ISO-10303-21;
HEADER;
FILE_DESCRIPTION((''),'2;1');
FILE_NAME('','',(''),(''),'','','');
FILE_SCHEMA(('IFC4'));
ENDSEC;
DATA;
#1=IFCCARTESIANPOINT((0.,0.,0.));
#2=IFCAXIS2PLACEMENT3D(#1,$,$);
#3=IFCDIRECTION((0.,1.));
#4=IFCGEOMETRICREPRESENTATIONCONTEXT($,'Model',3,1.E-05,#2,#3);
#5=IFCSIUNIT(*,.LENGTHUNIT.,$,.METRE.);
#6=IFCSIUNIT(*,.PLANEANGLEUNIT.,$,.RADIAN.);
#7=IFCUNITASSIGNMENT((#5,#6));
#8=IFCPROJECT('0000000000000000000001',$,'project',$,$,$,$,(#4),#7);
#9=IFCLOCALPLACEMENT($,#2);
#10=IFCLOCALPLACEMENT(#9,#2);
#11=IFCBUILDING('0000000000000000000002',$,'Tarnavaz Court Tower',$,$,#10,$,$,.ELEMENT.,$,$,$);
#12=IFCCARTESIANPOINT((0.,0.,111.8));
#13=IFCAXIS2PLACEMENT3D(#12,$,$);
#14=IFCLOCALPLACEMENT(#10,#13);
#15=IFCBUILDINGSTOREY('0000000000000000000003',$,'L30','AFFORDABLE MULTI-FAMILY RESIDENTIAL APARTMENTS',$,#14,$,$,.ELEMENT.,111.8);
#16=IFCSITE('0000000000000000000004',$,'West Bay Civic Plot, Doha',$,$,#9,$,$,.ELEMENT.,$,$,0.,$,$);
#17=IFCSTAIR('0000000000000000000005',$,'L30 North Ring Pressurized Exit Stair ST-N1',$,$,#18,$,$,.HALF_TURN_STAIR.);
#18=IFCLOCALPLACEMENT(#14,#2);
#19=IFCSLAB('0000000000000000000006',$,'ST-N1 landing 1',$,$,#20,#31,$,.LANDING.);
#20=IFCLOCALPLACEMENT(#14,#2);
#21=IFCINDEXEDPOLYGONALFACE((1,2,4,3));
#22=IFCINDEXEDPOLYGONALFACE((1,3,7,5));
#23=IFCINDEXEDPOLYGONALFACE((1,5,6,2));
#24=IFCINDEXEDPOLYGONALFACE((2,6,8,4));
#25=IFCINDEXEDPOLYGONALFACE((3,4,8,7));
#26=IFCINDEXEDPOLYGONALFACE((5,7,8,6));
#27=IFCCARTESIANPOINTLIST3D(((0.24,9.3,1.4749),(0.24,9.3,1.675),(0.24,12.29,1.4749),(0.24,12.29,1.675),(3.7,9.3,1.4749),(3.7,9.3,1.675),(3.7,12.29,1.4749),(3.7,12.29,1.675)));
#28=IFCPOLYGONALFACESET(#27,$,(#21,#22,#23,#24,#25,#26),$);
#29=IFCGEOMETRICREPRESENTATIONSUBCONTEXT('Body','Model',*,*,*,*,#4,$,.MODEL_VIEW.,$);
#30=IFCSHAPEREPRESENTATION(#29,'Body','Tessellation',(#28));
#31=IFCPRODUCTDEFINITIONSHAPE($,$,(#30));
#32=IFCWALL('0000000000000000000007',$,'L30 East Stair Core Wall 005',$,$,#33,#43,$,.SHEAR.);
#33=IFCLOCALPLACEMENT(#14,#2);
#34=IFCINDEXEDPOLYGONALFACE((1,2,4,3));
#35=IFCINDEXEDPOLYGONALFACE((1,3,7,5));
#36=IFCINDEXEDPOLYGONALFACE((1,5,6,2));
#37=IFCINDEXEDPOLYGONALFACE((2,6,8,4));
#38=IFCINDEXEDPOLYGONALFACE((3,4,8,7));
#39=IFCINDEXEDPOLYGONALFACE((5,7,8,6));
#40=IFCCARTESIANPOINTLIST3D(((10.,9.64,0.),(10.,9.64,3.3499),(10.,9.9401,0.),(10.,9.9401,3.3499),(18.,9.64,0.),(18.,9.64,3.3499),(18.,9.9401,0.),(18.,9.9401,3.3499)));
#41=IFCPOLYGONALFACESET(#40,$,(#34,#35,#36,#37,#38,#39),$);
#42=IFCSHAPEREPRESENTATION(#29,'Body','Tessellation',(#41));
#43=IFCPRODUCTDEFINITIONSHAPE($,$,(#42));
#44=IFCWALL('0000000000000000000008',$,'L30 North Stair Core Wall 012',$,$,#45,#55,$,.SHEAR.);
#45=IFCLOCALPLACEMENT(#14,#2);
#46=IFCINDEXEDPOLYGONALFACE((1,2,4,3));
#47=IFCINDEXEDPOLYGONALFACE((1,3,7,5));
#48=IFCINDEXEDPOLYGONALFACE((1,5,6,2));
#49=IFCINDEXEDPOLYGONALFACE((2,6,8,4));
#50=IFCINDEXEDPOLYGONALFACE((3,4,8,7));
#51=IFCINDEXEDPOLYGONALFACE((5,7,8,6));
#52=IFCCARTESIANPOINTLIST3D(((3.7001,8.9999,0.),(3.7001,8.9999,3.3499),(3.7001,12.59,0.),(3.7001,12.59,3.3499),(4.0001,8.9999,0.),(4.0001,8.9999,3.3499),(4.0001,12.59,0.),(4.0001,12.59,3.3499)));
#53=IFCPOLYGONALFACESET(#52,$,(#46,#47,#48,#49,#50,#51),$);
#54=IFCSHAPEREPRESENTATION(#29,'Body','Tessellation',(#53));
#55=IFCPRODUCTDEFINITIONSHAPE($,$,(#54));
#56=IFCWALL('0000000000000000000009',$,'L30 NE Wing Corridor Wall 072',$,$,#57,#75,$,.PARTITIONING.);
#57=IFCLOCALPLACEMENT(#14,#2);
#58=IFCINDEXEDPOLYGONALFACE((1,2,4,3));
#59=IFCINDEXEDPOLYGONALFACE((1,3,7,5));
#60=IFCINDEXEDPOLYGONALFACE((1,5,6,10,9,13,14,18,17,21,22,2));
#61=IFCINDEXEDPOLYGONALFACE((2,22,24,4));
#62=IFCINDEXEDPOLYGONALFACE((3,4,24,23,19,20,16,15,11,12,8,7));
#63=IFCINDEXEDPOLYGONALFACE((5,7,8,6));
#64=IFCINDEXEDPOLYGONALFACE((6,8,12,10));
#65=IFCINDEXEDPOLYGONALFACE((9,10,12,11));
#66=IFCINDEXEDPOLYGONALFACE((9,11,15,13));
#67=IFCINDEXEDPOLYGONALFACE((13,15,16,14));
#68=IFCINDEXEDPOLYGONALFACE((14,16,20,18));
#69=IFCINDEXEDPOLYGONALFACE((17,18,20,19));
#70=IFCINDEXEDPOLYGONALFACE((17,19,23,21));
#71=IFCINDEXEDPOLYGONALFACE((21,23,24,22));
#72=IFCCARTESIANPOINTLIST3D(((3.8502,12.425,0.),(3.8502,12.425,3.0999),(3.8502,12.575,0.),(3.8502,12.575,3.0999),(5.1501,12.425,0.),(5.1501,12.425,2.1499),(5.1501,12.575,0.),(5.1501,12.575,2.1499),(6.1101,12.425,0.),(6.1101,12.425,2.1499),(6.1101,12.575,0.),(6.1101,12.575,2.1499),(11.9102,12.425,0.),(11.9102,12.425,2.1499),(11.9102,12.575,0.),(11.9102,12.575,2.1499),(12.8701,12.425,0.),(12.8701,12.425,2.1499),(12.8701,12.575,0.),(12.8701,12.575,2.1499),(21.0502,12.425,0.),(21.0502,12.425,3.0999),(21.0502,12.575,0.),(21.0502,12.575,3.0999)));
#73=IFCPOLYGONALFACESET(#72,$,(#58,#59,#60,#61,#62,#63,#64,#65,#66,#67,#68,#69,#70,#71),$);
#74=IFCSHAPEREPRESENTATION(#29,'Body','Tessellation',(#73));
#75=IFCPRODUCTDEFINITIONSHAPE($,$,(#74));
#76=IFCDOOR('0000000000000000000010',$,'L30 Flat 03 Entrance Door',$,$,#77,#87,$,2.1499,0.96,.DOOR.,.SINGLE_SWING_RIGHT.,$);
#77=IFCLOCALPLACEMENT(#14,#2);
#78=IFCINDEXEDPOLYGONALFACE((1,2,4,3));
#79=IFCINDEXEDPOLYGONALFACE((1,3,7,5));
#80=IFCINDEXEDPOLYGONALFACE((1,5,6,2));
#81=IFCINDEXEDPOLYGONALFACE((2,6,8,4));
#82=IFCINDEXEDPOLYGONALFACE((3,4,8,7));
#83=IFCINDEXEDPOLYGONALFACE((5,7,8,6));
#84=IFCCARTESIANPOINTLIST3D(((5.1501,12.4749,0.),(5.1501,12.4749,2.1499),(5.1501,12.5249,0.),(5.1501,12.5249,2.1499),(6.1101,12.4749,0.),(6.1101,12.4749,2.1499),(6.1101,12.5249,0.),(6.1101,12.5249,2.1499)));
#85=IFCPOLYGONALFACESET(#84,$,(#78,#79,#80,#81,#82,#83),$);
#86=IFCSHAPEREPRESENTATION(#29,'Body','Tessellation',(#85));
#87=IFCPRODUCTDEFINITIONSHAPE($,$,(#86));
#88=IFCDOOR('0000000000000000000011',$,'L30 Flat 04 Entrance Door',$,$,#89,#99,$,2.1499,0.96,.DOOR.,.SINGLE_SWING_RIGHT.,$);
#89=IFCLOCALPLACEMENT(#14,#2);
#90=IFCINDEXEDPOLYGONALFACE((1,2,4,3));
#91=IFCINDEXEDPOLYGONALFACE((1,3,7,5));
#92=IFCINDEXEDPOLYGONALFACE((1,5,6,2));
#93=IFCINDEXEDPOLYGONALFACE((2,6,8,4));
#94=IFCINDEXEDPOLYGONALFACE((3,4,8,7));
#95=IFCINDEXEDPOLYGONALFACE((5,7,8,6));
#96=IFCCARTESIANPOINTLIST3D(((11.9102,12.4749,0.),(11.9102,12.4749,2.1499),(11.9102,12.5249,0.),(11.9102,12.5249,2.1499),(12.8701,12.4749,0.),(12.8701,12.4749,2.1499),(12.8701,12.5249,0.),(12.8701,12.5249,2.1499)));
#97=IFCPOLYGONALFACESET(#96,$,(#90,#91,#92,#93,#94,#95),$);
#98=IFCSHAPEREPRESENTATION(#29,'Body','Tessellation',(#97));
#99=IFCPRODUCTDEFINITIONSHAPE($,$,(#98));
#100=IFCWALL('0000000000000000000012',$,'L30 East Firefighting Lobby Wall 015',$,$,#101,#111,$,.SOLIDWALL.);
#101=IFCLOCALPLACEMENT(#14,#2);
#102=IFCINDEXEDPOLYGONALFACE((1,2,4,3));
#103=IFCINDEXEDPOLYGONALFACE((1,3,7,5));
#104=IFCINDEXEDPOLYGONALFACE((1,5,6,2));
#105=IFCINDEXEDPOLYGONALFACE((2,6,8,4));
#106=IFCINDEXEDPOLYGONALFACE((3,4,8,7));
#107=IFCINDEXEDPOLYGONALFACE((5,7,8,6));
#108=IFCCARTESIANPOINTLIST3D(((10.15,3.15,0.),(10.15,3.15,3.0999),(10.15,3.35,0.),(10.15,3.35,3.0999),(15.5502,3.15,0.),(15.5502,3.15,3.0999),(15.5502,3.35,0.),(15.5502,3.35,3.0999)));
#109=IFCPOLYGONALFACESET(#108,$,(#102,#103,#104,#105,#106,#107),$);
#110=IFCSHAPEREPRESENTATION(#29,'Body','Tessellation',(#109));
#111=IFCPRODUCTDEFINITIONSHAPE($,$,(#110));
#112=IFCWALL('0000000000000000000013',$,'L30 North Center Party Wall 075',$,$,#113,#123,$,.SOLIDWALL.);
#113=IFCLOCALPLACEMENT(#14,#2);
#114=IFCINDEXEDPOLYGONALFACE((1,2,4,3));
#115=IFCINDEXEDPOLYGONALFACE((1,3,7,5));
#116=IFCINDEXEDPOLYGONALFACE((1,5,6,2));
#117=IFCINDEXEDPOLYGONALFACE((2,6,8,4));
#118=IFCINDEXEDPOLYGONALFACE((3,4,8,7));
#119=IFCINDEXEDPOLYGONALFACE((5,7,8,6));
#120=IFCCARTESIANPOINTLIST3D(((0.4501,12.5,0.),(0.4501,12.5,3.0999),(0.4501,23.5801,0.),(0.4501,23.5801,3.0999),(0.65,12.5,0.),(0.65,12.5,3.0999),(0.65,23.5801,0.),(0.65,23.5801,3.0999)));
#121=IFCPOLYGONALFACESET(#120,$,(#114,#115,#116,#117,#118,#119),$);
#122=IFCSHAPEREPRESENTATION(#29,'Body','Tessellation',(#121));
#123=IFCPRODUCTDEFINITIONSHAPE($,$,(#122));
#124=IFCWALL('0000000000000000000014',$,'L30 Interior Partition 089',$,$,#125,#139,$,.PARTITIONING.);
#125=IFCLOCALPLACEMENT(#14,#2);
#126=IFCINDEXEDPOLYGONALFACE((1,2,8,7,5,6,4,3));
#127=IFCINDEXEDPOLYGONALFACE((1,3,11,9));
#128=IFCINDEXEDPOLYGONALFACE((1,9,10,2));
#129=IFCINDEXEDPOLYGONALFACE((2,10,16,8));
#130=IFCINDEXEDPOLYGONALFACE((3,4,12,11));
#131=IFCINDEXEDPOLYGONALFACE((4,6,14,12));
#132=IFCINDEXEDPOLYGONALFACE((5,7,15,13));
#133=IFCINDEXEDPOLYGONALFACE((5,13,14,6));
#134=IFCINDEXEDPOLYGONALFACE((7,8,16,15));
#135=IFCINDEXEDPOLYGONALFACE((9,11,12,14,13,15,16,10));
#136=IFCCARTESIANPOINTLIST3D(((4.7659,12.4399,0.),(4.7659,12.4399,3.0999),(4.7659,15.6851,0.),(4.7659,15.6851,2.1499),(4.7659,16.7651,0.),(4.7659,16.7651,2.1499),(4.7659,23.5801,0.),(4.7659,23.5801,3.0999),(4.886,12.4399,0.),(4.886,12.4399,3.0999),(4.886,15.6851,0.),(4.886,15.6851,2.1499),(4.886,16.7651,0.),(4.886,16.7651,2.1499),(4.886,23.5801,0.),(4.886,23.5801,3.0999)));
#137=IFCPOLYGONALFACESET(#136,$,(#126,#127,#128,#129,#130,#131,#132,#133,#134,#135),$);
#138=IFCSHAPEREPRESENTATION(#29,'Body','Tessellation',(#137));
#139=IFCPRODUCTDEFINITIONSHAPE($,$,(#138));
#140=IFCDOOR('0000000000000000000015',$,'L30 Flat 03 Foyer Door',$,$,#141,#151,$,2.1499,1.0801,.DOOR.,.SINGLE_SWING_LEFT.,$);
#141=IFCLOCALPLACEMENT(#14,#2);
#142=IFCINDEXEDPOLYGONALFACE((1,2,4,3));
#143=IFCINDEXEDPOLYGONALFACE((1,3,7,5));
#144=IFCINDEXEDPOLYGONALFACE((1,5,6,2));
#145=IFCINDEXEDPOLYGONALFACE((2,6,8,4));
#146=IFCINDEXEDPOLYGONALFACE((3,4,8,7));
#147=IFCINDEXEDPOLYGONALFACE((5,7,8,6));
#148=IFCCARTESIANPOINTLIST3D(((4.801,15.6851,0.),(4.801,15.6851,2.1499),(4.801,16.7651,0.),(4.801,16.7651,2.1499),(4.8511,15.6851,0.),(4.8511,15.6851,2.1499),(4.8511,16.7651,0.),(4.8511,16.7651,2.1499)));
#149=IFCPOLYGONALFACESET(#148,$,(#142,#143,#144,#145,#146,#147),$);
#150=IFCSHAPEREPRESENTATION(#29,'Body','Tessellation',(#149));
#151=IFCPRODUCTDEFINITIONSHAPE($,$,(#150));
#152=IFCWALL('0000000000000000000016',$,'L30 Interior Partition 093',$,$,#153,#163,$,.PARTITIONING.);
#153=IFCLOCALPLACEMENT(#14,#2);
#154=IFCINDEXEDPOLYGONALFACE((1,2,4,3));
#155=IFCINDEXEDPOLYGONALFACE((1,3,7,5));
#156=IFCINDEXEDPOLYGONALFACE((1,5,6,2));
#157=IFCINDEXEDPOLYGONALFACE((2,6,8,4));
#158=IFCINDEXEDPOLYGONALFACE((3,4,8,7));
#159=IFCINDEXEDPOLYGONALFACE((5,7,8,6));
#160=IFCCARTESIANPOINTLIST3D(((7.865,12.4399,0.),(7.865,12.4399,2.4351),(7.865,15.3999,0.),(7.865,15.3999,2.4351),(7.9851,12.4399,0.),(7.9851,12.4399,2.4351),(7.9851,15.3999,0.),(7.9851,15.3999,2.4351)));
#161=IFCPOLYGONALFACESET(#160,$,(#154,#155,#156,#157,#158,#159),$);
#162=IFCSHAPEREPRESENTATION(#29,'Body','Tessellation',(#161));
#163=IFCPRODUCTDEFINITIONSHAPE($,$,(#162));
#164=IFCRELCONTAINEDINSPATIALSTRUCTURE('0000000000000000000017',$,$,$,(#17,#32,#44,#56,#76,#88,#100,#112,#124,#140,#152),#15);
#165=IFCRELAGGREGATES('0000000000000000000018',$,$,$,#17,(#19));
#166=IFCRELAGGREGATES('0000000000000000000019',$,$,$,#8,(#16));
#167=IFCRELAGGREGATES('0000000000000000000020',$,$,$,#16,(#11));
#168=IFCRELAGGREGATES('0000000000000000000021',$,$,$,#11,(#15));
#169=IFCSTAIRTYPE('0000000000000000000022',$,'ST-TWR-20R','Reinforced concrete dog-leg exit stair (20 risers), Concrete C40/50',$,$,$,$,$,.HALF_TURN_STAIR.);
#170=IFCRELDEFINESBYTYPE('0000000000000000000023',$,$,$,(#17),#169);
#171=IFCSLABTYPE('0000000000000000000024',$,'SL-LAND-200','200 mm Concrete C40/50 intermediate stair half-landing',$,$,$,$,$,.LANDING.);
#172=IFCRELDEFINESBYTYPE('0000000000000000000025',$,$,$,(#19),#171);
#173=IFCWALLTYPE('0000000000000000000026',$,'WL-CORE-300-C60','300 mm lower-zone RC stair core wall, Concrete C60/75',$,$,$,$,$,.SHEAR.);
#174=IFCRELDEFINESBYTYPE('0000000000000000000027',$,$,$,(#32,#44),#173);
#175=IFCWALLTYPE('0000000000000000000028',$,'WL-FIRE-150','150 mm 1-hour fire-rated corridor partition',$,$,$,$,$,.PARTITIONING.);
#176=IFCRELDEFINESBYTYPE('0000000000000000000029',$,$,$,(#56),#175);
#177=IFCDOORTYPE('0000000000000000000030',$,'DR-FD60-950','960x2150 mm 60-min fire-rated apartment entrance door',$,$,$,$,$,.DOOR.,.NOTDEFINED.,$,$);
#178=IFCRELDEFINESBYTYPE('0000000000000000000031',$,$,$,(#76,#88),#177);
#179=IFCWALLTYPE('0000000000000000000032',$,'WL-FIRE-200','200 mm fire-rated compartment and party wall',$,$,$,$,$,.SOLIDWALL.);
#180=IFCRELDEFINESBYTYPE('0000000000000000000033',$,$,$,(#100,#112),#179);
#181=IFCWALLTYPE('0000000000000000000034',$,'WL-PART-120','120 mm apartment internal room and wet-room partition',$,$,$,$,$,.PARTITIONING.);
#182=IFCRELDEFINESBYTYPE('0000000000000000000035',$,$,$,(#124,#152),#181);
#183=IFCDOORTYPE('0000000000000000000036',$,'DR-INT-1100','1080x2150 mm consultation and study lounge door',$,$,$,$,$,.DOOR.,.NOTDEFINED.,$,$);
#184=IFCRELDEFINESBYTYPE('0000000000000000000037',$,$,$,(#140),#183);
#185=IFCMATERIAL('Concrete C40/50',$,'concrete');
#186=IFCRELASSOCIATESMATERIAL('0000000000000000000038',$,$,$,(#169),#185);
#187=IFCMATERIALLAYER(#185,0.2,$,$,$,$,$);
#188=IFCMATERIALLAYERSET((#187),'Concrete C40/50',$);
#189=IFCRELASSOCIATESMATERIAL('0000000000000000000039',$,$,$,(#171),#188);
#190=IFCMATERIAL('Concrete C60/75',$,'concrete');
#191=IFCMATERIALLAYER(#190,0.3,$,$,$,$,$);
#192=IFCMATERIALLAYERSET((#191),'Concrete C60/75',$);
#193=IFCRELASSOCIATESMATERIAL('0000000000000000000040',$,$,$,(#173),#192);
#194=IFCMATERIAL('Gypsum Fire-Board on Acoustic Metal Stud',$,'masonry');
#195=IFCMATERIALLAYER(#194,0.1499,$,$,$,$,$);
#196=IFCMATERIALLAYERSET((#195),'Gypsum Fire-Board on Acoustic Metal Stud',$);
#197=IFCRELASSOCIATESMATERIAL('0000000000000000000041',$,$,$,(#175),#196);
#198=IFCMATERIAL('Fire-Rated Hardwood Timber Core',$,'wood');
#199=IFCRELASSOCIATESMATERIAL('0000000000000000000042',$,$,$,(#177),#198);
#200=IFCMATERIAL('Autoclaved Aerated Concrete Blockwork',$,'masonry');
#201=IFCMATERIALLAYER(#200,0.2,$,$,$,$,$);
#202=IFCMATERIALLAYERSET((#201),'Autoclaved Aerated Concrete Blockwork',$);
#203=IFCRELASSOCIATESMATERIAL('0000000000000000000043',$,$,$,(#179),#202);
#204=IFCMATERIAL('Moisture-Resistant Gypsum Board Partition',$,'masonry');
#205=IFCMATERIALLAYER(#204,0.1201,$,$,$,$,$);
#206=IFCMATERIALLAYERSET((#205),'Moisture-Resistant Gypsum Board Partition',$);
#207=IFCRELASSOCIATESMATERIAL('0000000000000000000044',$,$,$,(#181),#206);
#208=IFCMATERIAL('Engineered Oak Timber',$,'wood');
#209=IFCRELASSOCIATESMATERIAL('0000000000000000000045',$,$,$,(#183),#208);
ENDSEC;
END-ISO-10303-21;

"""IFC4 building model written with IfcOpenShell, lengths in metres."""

from ifc_helpers import new_model, si_unit, direction, frame, frame_2d, origin, place, context, subcontext, project, spatial, polyline, rectangle, outline, extrude, material, layer, layer_set, type_object, element, fill, aggregate, save


model = new_model("IFC4")

# Units and contexts
model_context = context("Model", 3, precision=1e-05, world=origin(), true_north=direction((0.0, 1.0)))
body_context = subcontext(model_context, "Body", "Model", "MODEL_VIEW")
ifc_project = project(units=[si_unit("LENGTHUNIT", "METRE"), si_unit("PLANEANGLEUNIT", "RADIAN")], contexts=[model_context])

# Site, building, storey
site_placement = place(None, origin())
site = spatial("IfcSite", under=ifc_project, at=site_placement, Name="West Bay Civic Plot, Doha", CompositionType="ELEMENT", RefElevation=0.0)
building_placement = place(site_placement, origin())
building = spatial("IfcBuilding", under=site, at=building_placement, Name="Tarnavaz Court Tower", CompositionType="ELEMENT")
storey_placement = place(building_placement, frame((0.0, 0.0, 111.8)))
storey = spatial("IfcBuildingStorey", under=building, at=storey_placement, Name="L30", Description="AFFORDABLE MULTI-FAMILY RESIDENTIAL APARTMENTS", CompositionType="ELEMENT", Elevation=111.8)

# Shared definitions
ifc_material_1 = material(Name="Concrete C60/75", Category="concrete")

# Stair, slab
ifc_material_2 = material(Name="Concrete C40/50", Category="concrete")
stair_type = type_object("IfcStairType", Name="ST-TWR-20R", Description="Reinforced concrete dog-leg exit stair (20 risers), Concrete C40/50", PredefinedType="HALF_TURN_STAIR", material=ifc_material_2)
ifc_layer_1 = layer(ifc_material_2, 0.2)
ifc_layer_set_1 = layer_set([ifc_layer_1], Name="Concrete C40/50")
slab_type = type_object("IfcSlabType", Name="SL-LAND-200", Description="200 mm Concrete C40/50 intermediate stair half-landing", PredefinedType="LANDING", material=ifc_layer_set_1)
stair_1_placement = place(storey_placement, origin())
stair_1 = element("IfcStair", 1, at=stair_1_placement, inside=storey, type_object=stair_type, Name="L30 North Ring Pressurized Exit Stair ST-N1", PredefinedType="HALF_TURN_STAIR")
slab_1_placement = place(storey_placement, frame((0.0, 0.0, 1.4749)))
slab_1 = element("IfcSlab", 2, at=slab_1_placement, type_object=slab_type, Name="ST-N1 landing 1", PredefinedType="LANDING", context=body_context, shape_type="SweptSolid", body=[
    extrude(outline(polyline([(0.24, 9.3), (3.7, 9.3), (3.7, 12.29), (0.24, 12.29), (0.24, 9.3)])), origin(), (0.0, 0.0, 1.0), 0.2002),
])

# Wall
ifc_layer_2 = layer(ifc_material_1, 0.3)
ifc_layer_set_2 = layer_set([ifc_layer_2], Name="Concrete C60/75")
wall_type_1 = type_object("IfcWallType", Name="WL-CORE-300-C60", Description="300 mm lower-zone RC stair core wall, Concrete C60/75", PredefinedType="SHEAR", material=ifc_layer_set_2)
wall_1_placement = place(storey_placement, frame((10.0, 9.79, 0.0), z_axis=(0.0, 0.0, 1.0), x_axis=(1.0, 0.0, 0.0)))
element("IfcWall", 3, at=wall_1_placement, inside=storey, type_object=wall_type_1, Name="L30 East Stair Core Wall 005", PredefinedType="SHEAR", context=body_context, shape_type="SweptSolid", body=[
    extrude(rectangle(XDim=8.0, YDim=0.3, at=frame_2d((4.0, 0.0))), origin(), (0.0, 0.0, 1.0), 3.3499),
])

# Shared definitions
ifc_material_3 = material(Name="Fire-Rated Hardwood Timber Core", Category="wood")

# Wall
wall_2_placement = place(storey_placement, frame((3.8501, 9.0, 0.0), z_axis=(0.0, 0.0, 1.0), x_axis=(0.0, 1.0, 0.0)))
element("IfcWall", 4, at=wall_2_placement, inside=storey, type_object=wall_type_1, Name="L30 North Stair Core Wall 012", PredefinedType="SHEAR", context=body_context, shape_type="SweptSolid", body=[
    extrude(rectangle(XDim=3.5901, YDim=0.3, at=frame_2d((1.7949, 0.0))), origin(), (0.0, 0.0, 1.0), 3.3499),
])

# Wall, openings, doors
ifc_material_4 = material(Name="Gypsum Fire-Board on Acoustic Metal Stud", Category="masonry")
ifc_layer_3 = layer(ifc_material_4, 0.1499)
ifc_layer_set_3 = layer_set([ifc_layer_3], Name="Gypsum Fire-Board on Acoustic Metal Stud")
wall_type_2 = type_object("IfcWallType", Name="WL-FIRE-150", Description="150 mm 1-hour fire-rated corridor partition", PredefinedType="PARTITIONING", material=ifc_layer_set_3)
wall_3_placement = place(storey_placement, frame((3.8501, 12.5, 0.0), z_axis=(0.0, 0.0, 1.0), x_axis=(1.0, 0.0, 0.0)))
wall_3 = element("IfcWall", 5, at=wall_3_placement, inside=storey, type_object=wall_type_2, Name="L30 NE Wing Corridor Wall 072", PredefinedType="PARTITIONING", context=body_context, shape_type="SweptSolid", body=[
    extrude(rectangle(XDim=17.2, YDim=0.1499, at=frame_2d((8.6001, 0.0))), origin(), (0.0, 0.0, 1.0), 3.0999),
])
opening_1_placement = place(wall_3_placement, frame((1.3, 0.0, 0.0)))
opening_1 = element("IfcOpeningElement", 6, at=opening_1_placement, cuts=wall_3, PredefinedType="OPENING", context=body_context, shape_type="SweptSolid", body=[
    extrude(rectangle(XDim=0.96, YDim=2.1499, at=frame_2d((0.48, 1.075))), frame((0.0, 0.085, 0.0), z_axis=(0.0, -1.0, 0.0), x_axis=(1.0, 0.0, 0.0)), (0.0, 0.0, 1.0), 0.1699),
])
opening_2_placement = place(wall_3_placement, frame((8.0601, 0.0, 0.0)))
opening_2 = element("IfcOpeningElement", 7, at=opening_2_placement, cuts=wall_3, PredefinedType="OPENING", context=body_context, shape_type="SweptSolid", body=[
    extrude(rectangle(XDim=0.96, YDim=2.1499, at=frame_2d((0.48, 1.075))), frame((0.0, 0.085, 0.0), z_axis=(0.0, -1.0, 0.0), x_axis=(1.0, 0.0, 0.0)), (0.0, 0.0, 1.0), 0.1699),
])
door_type_1 = type_object("IfcDoorType", Name="DR-FD60-950", Description="960x2150 mm 60-min fire-rated apartment entrance door", OperationType="NOTDEFINED", PredefinedType="DOOR", material=ifc_material_3)
door_1_placement = place(opening_1_placement, origin())
door_1 = element("IfcDoor", 8, at=door_1_placement, inside=storey, type_object=door_type_1, Name="L30 Flat 03 Entrance Door", OperationType="SINGLE_SWING_RIGHT", OverallHeight=2.1499, OverallWidth=0.96, PredefinedType="DOOR", context=body_context, shape_type="SweptSolid", body=[
    extrude(rectangle(XDim=0.96, YDim=2.1499, at=frame_2d((0.48, 1.075))), frame((0.0, 0.0249, 0.0), z_axis=(0.0, -1.0, 0.0), x_axis=(1.0, 0.0, 0.0)), (0.0, 0.0, 1.0), 0.05),
])
fill(opening_1, door_1)
door_2_placement = place(opening_2_placement, origin())
door_2 = element("IfcDoor", 9, at=door_2_placement, inside=storey, type_object=door_type_1, Name="L30 Flat 04 Entrance Door", OperationType="SINGLE_SWING_RIGHT", OverallHeight=2.1499, OverallWidth=0.96, PredefinedType="DOOR", context=body_context, shape_type="SweptSolid", body=[
    extrude(rectangle(XDim=0.96, YDim=2.1499, at=frame_2d((0.48, 1.075))), frame((0.0, 0.0249, 0.0), z_axis=(0.0, -1.0, 0.0), x_axis=(1.0, 0.0, 0.0)), (0.0, 0.0, 1.0), 0.05),
])
fill(opening_2, door_2)

# Wall
ifc_material_5 = material(Name="Autoclaved Aerated Concrete Blockwork", Category="masonry")
ifc_layer_4 = layer(ifc_material_5, 0.2)
ifc_layer_set_4 = layer_set([ifc_layer_4], Name="Autoclaved Aerated Concrete Blockwork")
wall_type_3 = type_object("IfcWallType", Name="WL-FIRE-200", Description="200 mm fire-rated compartment and party wall", PredefinedType="SOLIDWALL", material=ifc_layer_set_4)
wall_4_placement = place(storey_placement, frame((10.1499, 3.25, 0.0), z_axis=(0.0, 0.0, 1.0), x_axis=(1.0, 0.0, 0.0)))
element("IfcWall", 10, at=wall_4_placement, inside=storey, type_object=wall_type_3, Name="L30 East Firefighting Lobby Wall 015", PredefinedType="SOLIDWALL", context=body_context, shape_type="SweptSolid", body=[
    extrude(rectangle(XDim=5.4001, YDim=0.2, at=frame_2d((2.7002, 0.0))), origin(), (0.0, 0.0, 1.0), 3.0999),
])

# Wall
wall_5_placement = place(storey_placement, frame((0.55, 12.5, 0.0), z_axis=(0.0, 0.0, 1.0), x_axis=(0.0, 1.0, 0.0)))
element("IfcWall", 11, at=wall_5_placement, inside=storey, type_object=wall_type_3, Name="L30 North Center Party Wall 075", PredefinedType="SOLIDWALL", context=body_context, shape_type="SweptSolid", body=[
    extrude(rectangle(XDim=11.0801, YDim=0.2, at=frame_2d((5.54, 0.0))), origin(), (0.0, 0.0, 1.0), 3.0999),
])

# Wall, opening, door
ifc_material_6 = material(Name="Moisture-Resistant Gypsum Board Partition", Category="masonry")
ifc_layer_5 = layer(ifc_material_6, 0.1201)
ifc_layer_set_5 = layer_set([ifc_layer_5], Name="Moisture-Resistant Gypsum Board Partition")
wall_type_4 = type_object("IfcWallType", Name="WL-PART-120", Description="120 mm apartment internal room and wet-room partition", PredefinedType="PARTITIONING", material=ifc_layer_set_5)
wall_6_placement = place(storey_placement, frame((4.8259, 12.4399, 0.0), z_axis=(0.0, 0.0, 1.0), x_axis=(0.0, 1.0, 0.0)))
wall_6 = element("IfcWall", 12, at=wall_6_placement, inside=storey, type_object=wall_type_4, Name="L30 Interior Partition 089", PredefinedType="PARTITIONING", context=body_context, shape_type="SweptSolid", body=[
    extrude(rectangle(XDim=11.1401, YDim=0.1201, at=frame_2d((5.5701, 0.0))), origin(), (0.0, 0.0, 1.0), 3.0999),
])
opening_3_placement = place(wall_6_placement, frame((3.2451, 0.0, 0.0)))
opening_3 = element("IfcOpeningElement", 13, at=opening_3_placement, cuts=wall_6, PredefinedType="OPENING", context=body_context, shape_type="SweptSolid", body=[
    extrude(rectangle(XDim=1.0801, YDim=2.1499, at=frame_2d((0.54, 1.075))), frame((0.0, 0.0701, 0.0), z_axis=(0.0, -1.0, 0.0), x_axis=(1.0, 0.0, 0.0)), (0.0, 0.0, 1.0), 0.1401),
])
ifc_material_7 = material(Name="Engineered Oak Timber", Category="wood")
door_type_2 = type_object("IfcDoorType", Name="DR-INT-1100", Description="1080x2150 mm consultation and study lounge door", OperationType="NOTDEFINED", PredefinedType="DOOR", material=ifc_material_7)
door_3_placement = place(opening_3_placement, origin())
door_3 = element("IfcDoor", 14, at=door_3_placement, inside=storey, type_object=door_type_2, Name="L30 Flat 03 Foyer Door", OperationType="SINGLE_SWING_LEFT", OverallHeight=2.1499, OverallWidth=1.0801, PredefinedType="DOOR", context=body_context, shape_type="SweptSolid", body=[
    extrude(rectangle(XDim=1.0801, YDim=2.1499, at=frame_2d((0.54, 1.075))), frame((0.0, 0.0249, 0.0), z_axis=(0.0, -1.0, 0.0), x_axis=(1.0, 0.0, 0.0)), (0.0, 0.0, 1.0), 0.05),
])
fill(opening_3, door_3)

# Wall
wall_7_placement = place(storey_placement, frame((7.925, 12.4399, 0.0), z_axis=(0.0, 0.0, 1.0), x_axis=(0.0, 1.0, 0.0)))
element("IfcWall", 15, at=wall_7_placement, inside=storey, type_object=wall_type_4, Name="L30 Interior Partition 093", PredefinedType="PARTITIONING", context=body_context, shape_type="SweptSolid", body=[
    extrude(rectangle(XDim=2.96, YDim=0.1201, at=frame_2d((1.48, 0.0))), origin(), (0.0, 0.0, 1.0), 2.4351),
])

aggregate(stair_1, [slab_1])

save(model, "model.ifc")
